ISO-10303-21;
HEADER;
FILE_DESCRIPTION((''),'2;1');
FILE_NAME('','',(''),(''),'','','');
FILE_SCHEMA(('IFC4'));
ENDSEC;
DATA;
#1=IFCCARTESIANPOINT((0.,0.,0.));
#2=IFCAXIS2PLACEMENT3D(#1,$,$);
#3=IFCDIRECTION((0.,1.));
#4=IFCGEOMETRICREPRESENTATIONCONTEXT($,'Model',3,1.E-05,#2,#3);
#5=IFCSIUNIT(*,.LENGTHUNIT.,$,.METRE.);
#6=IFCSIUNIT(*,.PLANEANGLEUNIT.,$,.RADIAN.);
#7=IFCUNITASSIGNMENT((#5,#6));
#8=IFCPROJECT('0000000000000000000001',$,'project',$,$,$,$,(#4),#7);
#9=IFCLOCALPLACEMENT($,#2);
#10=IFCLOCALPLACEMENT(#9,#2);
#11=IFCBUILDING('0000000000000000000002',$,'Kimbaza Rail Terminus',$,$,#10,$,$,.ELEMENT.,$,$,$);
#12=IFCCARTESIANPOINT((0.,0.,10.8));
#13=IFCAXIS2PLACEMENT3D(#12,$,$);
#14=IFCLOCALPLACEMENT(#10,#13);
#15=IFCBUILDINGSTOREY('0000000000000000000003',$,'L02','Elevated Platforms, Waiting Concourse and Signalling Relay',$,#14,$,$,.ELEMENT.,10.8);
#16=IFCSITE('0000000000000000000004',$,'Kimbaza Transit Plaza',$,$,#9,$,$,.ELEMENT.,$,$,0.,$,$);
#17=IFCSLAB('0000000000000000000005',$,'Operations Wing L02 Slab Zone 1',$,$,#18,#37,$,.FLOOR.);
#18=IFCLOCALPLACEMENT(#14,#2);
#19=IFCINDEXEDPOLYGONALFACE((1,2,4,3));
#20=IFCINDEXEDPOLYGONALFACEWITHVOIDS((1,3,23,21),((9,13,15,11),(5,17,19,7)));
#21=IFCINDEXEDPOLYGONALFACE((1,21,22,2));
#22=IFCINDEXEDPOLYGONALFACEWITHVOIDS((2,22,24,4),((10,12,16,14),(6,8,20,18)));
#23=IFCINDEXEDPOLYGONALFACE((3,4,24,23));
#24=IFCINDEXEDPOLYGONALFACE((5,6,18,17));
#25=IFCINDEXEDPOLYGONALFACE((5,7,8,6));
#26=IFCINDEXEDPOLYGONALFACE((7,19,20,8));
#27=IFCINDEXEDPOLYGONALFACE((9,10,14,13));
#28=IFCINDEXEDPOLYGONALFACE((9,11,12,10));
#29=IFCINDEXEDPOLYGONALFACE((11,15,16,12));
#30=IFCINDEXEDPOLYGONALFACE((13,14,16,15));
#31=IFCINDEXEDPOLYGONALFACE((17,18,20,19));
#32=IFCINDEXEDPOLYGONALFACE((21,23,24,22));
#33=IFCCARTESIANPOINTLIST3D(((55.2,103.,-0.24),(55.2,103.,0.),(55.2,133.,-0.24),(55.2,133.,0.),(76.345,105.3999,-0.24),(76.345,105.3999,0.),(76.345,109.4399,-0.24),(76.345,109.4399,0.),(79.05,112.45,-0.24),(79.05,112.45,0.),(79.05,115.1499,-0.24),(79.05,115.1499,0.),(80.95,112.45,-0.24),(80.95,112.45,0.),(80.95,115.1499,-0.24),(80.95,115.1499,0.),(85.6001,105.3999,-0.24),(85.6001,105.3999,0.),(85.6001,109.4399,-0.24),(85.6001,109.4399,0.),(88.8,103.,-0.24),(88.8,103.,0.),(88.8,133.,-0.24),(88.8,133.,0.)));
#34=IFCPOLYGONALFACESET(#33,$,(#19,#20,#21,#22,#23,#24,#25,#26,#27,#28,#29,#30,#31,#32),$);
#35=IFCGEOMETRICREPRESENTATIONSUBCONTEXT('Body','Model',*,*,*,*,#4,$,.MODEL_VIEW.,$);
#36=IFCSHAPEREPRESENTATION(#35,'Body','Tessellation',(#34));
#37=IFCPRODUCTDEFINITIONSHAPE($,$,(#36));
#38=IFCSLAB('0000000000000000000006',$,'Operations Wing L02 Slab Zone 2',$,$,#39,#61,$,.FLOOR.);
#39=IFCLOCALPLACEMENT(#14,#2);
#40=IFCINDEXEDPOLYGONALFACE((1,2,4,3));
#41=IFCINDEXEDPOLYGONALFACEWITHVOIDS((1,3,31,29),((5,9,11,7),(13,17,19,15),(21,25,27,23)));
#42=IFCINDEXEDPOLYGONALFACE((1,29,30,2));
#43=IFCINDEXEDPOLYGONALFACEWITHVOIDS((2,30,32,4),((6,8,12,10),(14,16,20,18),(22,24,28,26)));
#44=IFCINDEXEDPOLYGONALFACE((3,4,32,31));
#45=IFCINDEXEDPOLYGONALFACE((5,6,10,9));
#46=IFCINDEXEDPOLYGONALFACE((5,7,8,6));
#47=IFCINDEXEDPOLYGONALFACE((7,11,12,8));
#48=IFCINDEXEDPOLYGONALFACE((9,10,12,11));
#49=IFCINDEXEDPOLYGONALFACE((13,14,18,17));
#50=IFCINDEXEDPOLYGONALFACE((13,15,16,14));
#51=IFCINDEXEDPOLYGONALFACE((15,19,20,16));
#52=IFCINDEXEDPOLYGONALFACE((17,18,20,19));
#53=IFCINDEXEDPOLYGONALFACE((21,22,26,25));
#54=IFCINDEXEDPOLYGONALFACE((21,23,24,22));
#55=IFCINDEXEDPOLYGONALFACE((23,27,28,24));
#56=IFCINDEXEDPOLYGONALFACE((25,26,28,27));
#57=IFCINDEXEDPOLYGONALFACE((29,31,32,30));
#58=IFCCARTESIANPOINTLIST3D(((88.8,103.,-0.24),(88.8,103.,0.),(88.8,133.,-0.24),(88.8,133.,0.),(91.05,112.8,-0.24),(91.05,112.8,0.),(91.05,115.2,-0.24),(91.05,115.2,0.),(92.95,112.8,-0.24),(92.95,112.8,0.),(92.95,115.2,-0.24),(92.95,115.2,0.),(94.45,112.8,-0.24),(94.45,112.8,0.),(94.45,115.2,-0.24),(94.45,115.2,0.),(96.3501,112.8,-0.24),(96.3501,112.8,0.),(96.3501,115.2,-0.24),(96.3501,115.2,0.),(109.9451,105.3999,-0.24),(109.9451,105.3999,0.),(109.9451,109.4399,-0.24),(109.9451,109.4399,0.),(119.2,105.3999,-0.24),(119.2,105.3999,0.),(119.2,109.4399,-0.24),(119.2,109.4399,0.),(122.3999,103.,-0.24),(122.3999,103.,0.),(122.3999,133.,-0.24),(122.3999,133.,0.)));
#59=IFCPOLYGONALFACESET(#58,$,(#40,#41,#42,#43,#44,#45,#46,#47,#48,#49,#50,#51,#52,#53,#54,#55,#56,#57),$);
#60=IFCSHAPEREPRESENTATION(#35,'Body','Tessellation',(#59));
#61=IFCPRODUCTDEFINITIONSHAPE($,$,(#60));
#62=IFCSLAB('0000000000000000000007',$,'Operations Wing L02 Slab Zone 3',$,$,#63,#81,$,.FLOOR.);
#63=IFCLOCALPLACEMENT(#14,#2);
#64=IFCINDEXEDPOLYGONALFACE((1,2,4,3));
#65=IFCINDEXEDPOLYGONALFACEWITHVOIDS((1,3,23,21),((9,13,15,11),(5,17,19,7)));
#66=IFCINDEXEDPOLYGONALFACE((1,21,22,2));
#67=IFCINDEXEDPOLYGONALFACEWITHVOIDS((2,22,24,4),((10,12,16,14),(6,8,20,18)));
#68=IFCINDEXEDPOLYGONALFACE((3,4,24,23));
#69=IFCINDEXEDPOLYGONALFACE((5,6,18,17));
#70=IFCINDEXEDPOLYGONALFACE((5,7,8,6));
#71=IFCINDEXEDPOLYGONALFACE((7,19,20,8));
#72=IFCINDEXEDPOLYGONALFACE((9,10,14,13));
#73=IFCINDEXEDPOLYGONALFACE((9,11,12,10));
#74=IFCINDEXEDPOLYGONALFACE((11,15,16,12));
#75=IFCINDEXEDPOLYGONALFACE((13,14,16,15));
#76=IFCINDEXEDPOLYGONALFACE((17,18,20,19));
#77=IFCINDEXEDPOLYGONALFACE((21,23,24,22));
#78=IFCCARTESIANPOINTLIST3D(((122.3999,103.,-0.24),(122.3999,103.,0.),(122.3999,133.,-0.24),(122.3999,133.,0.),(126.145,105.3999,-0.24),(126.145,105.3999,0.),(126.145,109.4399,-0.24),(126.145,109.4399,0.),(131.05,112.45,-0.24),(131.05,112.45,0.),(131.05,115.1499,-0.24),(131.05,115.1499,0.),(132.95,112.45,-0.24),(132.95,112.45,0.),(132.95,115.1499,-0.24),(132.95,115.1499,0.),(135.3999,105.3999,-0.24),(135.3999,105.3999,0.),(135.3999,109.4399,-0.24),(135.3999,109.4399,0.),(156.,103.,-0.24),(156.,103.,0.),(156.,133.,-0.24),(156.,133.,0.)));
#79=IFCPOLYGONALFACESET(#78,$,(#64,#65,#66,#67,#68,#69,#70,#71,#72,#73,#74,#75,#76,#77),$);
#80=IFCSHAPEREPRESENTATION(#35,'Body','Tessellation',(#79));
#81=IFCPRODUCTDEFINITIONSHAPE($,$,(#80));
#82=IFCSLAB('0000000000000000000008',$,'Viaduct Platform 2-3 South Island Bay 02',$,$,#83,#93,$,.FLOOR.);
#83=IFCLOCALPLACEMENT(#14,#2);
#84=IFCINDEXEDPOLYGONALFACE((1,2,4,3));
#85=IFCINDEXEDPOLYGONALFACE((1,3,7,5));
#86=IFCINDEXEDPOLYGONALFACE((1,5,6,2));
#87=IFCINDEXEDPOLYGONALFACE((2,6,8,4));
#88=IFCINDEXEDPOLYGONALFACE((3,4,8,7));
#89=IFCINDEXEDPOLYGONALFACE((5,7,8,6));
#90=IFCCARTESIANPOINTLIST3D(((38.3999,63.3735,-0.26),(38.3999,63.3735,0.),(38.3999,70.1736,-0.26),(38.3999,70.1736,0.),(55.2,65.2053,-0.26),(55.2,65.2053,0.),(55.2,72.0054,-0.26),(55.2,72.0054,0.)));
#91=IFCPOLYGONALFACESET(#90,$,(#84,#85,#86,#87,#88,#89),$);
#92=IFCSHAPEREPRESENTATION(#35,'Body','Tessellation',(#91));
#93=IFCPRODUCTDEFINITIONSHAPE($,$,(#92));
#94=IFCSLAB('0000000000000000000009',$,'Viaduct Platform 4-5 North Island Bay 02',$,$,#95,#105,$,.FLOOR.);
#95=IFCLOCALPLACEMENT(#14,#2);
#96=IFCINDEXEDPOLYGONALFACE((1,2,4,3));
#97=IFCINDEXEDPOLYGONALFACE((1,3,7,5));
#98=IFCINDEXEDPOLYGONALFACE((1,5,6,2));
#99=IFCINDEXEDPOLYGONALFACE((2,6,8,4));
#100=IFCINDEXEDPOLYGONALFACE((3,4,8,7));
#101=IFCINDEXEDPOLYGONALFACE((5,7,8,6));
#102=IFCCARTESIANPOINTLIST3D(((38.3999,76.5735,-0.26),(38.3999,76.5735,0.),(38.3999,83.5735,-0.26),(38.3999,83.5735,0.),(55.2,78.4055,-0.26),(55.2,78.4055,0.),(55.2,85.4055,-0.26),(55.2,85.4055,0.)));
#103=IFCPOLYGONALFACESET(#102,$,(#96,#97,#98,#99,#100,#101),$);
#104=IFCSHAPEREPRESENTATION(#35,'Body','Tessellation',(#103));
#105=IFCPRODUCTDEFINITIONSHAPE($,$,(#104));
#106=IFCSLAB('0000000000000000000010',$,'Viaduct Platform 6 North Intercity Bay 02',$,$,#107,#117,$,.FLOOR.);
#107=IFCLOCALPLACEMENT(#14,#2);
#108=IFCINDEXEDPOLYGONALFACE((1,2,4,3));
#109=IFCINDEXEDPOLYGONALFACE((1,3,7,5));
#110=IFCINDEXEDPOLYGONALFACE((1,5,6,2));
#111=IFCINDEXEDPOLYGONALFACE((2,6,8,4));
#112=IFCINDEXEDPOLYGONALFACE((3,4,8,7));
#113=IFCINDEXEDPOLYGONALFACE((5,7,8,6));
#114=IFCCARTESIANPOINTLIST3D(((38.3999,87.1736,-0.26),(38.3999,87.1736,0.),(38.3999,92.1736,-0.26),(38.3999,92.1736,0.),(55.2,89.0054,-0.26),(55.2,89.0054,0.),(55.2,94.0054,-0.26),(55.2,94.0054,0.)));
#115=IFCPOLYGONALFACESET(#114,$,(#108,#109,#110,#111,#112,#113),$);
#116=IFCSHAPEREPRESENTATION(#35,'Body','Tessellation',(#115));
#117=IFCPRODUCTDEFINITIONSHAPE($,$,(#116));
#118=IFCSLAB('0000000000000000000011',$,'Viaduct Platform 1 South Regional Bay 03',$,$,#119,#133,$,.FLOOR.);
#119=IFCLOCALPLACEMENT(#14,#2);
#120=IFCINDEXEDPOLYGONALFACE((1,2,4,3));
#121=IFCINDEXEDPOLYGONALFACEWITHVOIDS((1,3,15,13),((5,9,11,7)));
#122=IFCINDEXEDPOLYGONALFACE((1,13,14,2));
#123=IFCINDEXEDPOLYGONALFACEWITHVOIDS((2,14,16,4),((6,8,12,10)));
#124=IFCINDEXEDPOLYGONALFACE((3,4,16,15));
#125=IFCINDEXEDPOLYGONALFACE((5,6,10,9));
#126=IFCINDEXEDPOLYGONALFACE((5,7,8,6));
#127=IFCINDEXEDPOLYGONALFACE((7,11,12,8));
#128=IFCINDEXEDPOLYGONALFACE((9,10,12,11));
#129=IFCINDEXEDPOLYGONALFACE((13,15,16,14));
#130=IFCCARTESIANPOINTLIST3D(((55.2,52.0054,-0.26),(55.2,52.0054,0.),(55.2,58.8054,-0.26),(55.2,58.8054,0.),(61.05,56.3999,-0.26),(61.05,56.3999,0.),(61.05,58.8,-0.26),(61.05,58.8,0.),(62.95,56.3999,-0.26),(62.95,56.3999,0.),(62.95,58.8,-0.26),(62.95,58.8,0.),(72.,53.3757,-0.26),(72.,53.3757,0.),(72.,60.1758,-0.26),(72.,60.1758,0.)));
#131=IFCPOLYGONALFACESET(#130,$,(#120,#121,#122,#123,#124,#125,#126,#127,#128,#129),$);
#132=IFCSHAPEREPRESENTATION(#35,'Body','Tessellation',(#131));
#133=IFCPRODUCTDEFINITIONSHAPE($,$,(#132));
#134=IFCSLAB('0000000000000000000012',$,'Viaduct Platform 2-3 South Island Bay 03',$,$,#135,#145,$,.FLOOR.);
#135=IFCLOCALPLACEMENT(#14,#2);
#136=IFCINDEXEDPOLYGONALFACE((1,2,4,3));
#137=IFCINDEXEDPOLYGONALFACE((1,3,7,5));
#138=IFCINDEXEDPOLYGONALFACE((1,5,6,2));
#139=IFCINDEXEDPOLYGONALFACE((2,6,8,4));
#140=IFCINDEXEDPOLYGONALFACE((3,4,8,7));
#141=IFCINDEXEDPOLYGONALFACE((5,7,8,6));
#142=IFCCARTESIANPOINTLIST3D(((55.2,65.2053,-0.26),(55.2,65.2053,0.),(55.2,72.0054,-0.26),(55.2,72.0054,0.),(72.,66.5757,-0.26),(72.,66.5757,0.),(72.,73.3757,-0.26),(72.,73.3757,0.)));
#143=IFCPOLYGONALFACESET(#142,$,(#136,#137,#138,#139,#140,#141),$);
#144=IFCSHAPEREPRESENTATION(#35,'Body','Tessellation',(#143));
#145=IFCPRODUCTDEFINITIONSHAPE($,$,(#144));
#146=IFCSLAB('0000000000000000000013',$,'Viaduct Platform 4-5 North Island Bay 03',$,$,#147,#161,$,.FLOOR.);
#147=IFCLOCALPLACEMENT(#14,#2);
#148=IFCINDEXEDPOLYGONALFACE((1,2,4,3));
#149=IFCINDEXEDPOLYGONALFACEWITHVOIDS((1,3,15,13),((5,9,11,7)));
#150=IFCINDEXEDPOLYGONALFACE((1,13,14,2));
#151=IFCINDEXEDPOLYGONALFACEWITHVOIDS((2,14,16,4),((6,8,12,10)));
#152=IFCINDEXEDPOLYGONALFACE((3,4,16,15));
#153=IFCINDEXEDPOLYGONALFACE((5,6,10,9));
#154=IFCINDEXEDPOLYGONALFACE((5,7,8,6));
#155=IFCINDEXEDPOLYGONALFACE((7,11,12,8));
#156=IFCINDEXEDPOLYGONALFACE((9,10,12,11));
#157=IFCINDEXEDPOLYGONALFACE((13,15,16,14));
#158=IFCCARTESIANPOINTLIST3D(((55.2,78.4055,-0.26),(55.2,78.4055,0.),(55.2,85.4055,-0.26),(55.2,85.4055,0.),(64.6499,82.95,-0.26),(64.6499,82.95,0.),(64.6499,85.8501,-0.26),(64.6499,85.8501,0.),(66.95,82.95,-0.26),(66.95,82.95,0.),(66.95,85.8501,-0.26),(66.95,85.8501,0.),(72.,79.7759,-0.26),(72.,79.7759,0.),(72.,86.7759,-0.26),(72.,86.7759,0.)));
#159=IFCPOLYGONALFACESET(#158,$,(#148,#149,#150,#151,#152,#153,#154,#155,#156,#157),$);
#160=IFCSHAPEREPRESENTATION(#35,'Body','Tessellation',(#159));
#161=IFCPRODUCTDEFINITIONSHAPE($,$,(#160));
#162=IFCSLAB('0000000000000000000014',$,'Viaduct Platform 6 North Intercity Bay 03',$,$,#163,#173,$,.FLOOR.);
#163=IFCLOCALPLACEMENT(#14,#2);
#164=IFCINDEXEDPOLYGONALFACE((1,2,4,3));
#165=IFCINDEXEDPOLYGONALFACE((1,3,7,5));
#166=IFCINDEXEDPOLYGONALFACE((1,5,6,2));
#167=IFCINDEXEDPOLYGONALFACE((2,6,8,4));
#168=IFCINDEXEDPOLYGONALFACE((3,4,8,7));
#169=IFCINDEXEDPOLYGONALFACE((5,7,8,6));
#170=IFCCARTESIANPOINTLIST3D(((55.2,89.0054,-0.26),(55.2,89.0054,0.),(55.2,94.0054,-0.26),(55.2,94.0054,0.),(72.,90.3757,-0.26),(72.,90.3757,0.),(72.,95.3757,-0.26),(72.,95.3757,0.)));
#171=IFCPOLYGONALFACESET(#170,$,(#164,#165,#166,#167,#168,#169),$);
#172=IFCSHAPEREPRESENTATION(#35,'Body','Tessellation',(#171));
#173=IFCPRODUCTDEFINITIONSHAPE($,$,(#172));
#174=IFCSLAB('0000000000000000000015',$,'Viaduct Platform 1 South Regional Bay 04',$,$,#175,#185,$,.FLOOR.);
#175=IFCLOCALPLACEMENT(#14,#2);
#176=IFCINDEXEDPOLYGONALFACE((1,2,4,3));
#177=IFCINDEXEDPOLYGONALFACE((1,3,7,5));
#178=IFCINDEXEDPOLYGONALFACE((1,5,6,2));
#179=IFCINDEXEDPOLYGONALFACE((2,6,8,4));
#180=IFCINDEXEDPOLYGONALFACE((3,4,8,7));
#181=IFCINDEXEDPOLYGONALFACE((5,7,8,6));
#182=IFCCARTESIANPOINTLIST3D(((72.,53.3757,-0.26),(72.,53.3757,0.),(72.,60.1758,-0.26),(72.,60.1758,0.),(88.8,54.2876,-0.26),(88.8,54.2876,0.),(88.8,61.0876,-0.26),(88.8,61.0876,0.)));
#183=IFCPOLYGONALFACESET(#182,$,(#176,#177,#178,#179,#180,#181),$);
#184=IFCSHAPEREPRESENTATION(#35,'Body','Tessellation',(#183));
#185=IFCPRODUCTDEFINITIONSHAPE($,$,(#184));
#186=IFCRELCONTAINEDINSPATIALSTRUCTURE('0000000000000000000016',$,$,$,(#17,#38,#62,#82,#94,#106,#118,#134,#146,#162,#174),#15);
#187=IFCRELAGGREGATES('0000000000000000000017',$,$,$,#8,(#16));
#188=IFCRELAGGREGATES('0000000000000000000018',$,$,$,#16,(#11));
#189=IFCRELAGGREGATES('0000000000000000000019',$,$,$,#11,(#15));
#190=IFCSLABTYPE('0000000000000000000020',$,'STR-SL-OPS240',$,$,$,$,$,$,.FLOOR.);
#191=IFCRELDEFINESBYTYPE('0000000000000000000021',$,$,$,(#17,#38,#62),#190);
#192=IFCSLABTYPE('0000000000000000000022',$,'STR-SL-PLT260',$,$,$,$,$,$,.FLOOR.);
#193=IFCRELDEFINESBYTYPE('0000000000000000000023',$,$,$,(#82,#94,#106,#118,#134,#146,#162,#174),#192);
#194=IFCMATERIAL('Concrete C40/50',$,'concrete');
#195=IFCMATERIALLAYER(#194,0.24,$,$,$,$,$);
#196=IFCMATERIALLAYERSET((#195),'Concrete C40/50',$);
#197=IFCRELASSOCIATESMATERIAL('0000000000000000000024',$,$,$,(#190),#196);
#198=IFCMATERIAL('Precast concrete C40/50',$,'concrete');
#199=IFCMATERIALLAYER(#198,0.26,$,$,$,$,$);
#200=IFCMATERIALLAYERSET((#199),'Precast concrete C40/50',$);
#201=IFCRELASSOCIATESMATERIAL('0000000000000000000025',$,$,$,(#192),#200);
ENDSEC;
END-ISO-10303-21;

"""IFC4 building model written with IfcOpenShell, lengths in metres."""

from ifc_helpers import new_model, si_unit, direction, frame, origin, place, context, subcontext, project, spatial, polyline, outline, extrude, material, layer, layer_set, type_object, element, save


model = new_model("IFC4")

# Units and contexts
model_context = context("Model", 3, precision=1e-05, world=origin(), true_north=direction((0.0, 1.0)))
body_context = subcontext(model_context, "Body", "Model", "MODEL_VIEW")
ifc_project = project(units=[si_unit("LENGTHUNIT", "METRE"), si_unit("PLANEANGLEUNIT", "RADIAN")], contexts=[model_context])

# Site, building, storey
site_placement = place(None, origin())
site = spatial("IfcSite", under=ifc_project, at=site_placement, Name="Kimbaza Transit Plaza", CompositionType="ELEMENT", RefElevation=0.0)
building_placement = place(site_placement, origin())
building = spatial("IfcBuilding", under=site, at=building_placement, Name="Kimbaza Rail Terminus", CompositionType="ELEMENT")
storey_placement = place(building_placement, frame((0.0, 0.0, 10.8)))
storey = spatial("IfcBuildingStorey", under=building, at=storey_placement, Name="L02", Description="Elevated Platforms, Waiting Concourse and Signalling Relay", CompositionType="ELEMENT", Elevation=10.8)

# Slabs
ifc_material_1 = material(Name="Concrete C40/50", Category="concrete")
ifc_layer_1 = layer(ifc_material_1, 0.24)
ifc_layer_set_1 = layer_set([ifc_layer_1], Name="Concrete C40/50")
slab_type_1 = type_object("IfcSlabType", Name="STR-SL-OPS240", PredefinedType="FLOOR", material=ifc_layer_set_1)
slab_1_placement = place(storey_placement, frame((0.0, 0.0, -0.24)))
element("IfcSlab", 1, at=slab_1_placement, inside=storey, type_object=slab_type_1, Name="Operations Wing L02 Slab Zone 1", PredefinedType="FLOOR", context=body_context, shape_type="SweptSolid", body=[
    extrude(outline(polyline([(55.2, 103.0), (88.8, 103.0), (88.8, 133.0), (55.2, 133.0), (55.2, 103.0)]), holes=[polyline([(76.345, 105.3999), (85.6001, 105.3999), (85.6001, 109.4399), (76.345, 109.4399), (76.345, 105.3999)]), polyline([(79.05, 112.45), (80.95, 112.45), (80.95, 115.1499), (79.05, 115.1499), (79.05, 112.45)])]), origin(), (0.0, 0.0, 1.0), 0.24),
])
slab_2_placement = place(storey_placement, frame((0.0, 0.0, -0.24)))
element("IfcSlab", 2, at=slab_2_placement, inside=storey, type_object=slab_type_1, Name="Operations Wing L02 Slab Zone 2", PredefinedType="FLOOR", context=body_context, shape_type="SweptSolid", body=[
    extrude(outline(polyline([(88.8, 103.0), (122.3999, 103.0), (122.3999, 133.0), (88.8, 133.0), (88.8, 103.0)]), holes=[polyline([(109.9451, 105.3999), (119.2, 105.3999), (119.2, 109.4399), (109.9451, 109.4399), (109.9451, 105.3999)]), polyline([(91.05, 112.8), (92.95, 112.8), (92.95, 115.2), (91.05, 115.2), (91.05, 112.8)]), polyline([(94.45, 112.8), (96.3501, 112.8), (96.3501, 115.2), (94.45, 115.2), (94.45, 112.8)])]), origin(), (0.0, 0.0, 1.0), 0.24),
])
slab_3_placement = place(storey_placement, frame((0.0, 0.0, -0.24)))
element("IfcSlab", 3, at=slab_3_placement, inside=storey, type_object=slab_type_1, Name="Operations Wing L02 Slab Zone 3", PredefinedType="FLOOR", context=body_context, shape_type="SweptSolid", body=[
    extrude(outline(polyline([(122.3999, 103.0), (156.0, 103.0), (156.0, 133.0), (122.3999, 133.0), (122.3999, 103.0)]), holes=[polyline([(126.145, 105.3999), (135.3999, 105.3999), (135.3999, 109.4399), (126.145, 109.4399), (126.145, 105.3999)]), polyline([(131.05, 112.45), (132.95, 112.45), (132.95, 115.1499), (131.05, 115.1499), (131.05, 112.45)])]), origin(), (0.0, 0.0, 1.0), 0.24),
])
ifc_material_2 = material(Name="Precast concrete C40/50", Category="concrete")
ifc_layer_2 = layer(ifc_material_2, 0.26)
ifc_layer_set_2 = layer_set([ifc_layer_2], Name="Precast concrete C40/50")
slab_type_2 = type_object("IfcSlabType", Name="STR-SL-PLT260", PredefinedType="FLOOR", material=ifc_layer_set_2)
slab_4_placement = place(storey_placement, frame((0.0, 0.0, -0.26)))
element("IfcSlab", 4, at=slab_4_placement, inside=storey, type_object=slab_type_2, Name="Viaduct Platform 2-3 South Island Bay 02", PredefinedType="FLOOR", context=body_context, shape_type="SweptSolid", body=[
    extrude(outline(polyline([(38.3999, 63.3735), (55.2, 65.2053), (55.2, 72.0054), (38.3999, 70.1736), (38.3999, 63.3735)])), origin(), (0.0, 0.0, 1.0), 0.26),
])
slab_5_placement = place(storey_placement, frame((0.0, 0.0, -0.26)))
element("IfcSlab", 5, at=slab_5_placement, inside=storey, type_object=slab_type_2, Name="Viaduct Platform 4-5 North Island Bay 02", PredefinedType="FLOOR", context=body_context, shape_type="SweptSolid", body=[
    extrude(outline(polyline([(38.3999, 76.5735), (55.2, 78.4055), (55.2, 85.4055), (38.3999, 83.5735), (38.3999, 76.5735)])), origin(), (0.0, 0.0, 1.0), 0.26),
])
slab_6_placement = place(storey_placement, frame((0.0, 0.0, -0.26)))
element("IfcSlab", 6, at=slab_6_placement, inside=storey, type_object=slab_type_2, Name="Viaduct Platform 6 North Intercity Bay 02", PredefinedType="FLOOR", context=body_context, shape_type="SweptSolid", body=[
    extrude(outline(polyline([(38.3999, 87.1736), (55.2, 89.0054), (55.2, 94.0054), (38.3999, 92.1736), (38.3999, 87.1736)])), origin(), (0.0, 0.0, 1.0), 0.26),
])
slab_7_placement = place(storey_placement, frame((0.0, 0.0, -0.26)))
element("IfcSlab", 7, at=slab_7_placement, inside=storey, type_object=slab_type_2, Name="Viaduct Platform 1 South Regional Bay 03", PredefinedType="FLOOR", context=body_context, shape_type="SweptSolid", body=[
    extrude(outline(polyline([(55.2, 52.0054), (72.0, 53.3757), (72.0, 60.1758), (55.2, 58.8054), (55.2, 52.0054)]), holes=[polyline([(61.05, 56.3999), (62.95, 56.3999), (62.95, 58.8), (61.05, 58.8), (61.05, 56.3999)])]), origin(), (0.0, 0.0, 1.0), 0.26),
])
slab_8_placement = place(storey_placement, frame((0.0, 0.0, -0.26)))
element("IfcSlab", 8, at=slab_8_placement, inside=storey, type_object=slab_type_2, Name="Viaduct Platform 2-3 South Island Bay 03", PredefinedType="FLOOR", context=body_context, shape_type="SweptSolid", body=[
    extrude(outline(polyline([(55.2, 65.2053), (72.0, 66.5757), (72.0, 73.3757), (55.2, 72.0054), (55.2, 65.2053)])), origin(), (0.0, 0.0, 1.0), 0.26),
])
slab_9_placement = place(storey_placement, frame((0.0, 0.0, -0.26)))
element("IfcSlab", 9, at=slab_9_placement, inside=storey, type_object=slab_type_2, Name="Viaduct Platform 4-5 North Island Bay 03", PredefinedType="FLOOR", context=body_context, shape_type="SweptSolid", body=[
    extrude(outline(polyline([(55.2, 78.4055), (72.0, 79.7759), (72.0, 86.7759), (55.2, 85.4055), (55.2, 78.4055)]), holes=[polyline([(64.6499, 82.95), (66.95, 82.95), (66.95, 85.8501), (64.6499, 85.8501), (64.6499, 82.95)])]), origin(), (0.0, 0.0, 1.0), 0.26),
])
slab_10_placement = place(storey_placement, frame((0.0, 0.0, -0.26)))
element("IfcSlab", 10, at=slab_10_placement, inside=storey, type_object=slab_type_2, Name="Viaduct Platform 6 North Intercity Bay 03", PredefinedType="FLOOR", context=body_context, shape_type="SweptSolid", body=[
    extrude(outline(polyline([(55.2, 89.0054), (72.0, 90.3757), (72.0, 95.3757), (55.2, 94.0054), (55.2, 89.0054)])), origin(), (0.0, 0.0, 1.0), 0.26),
])
slab_11_placement = place(storey_placement, frame((0.0, 0.0, -0.26)))
element("IfcSlab", 11, at=slab_11_placement, inside=storey, type_object=slab_type_2, Name="Viaduct Platform 1 South Regional Bay 04", PredefinedType="FLOOR", context=body_context, shape_type="SweptSolid", body=[
    extrude(outline(polyline([(72.0, 53.3757), (88.8, 54.2876), (88.8, 61.0876), (72.0, 60.1758), (72.0, 53.3757)])), origin(), (0.0, 0.0, 1.0), 0.26),
])

save(model, "model.ifc")
